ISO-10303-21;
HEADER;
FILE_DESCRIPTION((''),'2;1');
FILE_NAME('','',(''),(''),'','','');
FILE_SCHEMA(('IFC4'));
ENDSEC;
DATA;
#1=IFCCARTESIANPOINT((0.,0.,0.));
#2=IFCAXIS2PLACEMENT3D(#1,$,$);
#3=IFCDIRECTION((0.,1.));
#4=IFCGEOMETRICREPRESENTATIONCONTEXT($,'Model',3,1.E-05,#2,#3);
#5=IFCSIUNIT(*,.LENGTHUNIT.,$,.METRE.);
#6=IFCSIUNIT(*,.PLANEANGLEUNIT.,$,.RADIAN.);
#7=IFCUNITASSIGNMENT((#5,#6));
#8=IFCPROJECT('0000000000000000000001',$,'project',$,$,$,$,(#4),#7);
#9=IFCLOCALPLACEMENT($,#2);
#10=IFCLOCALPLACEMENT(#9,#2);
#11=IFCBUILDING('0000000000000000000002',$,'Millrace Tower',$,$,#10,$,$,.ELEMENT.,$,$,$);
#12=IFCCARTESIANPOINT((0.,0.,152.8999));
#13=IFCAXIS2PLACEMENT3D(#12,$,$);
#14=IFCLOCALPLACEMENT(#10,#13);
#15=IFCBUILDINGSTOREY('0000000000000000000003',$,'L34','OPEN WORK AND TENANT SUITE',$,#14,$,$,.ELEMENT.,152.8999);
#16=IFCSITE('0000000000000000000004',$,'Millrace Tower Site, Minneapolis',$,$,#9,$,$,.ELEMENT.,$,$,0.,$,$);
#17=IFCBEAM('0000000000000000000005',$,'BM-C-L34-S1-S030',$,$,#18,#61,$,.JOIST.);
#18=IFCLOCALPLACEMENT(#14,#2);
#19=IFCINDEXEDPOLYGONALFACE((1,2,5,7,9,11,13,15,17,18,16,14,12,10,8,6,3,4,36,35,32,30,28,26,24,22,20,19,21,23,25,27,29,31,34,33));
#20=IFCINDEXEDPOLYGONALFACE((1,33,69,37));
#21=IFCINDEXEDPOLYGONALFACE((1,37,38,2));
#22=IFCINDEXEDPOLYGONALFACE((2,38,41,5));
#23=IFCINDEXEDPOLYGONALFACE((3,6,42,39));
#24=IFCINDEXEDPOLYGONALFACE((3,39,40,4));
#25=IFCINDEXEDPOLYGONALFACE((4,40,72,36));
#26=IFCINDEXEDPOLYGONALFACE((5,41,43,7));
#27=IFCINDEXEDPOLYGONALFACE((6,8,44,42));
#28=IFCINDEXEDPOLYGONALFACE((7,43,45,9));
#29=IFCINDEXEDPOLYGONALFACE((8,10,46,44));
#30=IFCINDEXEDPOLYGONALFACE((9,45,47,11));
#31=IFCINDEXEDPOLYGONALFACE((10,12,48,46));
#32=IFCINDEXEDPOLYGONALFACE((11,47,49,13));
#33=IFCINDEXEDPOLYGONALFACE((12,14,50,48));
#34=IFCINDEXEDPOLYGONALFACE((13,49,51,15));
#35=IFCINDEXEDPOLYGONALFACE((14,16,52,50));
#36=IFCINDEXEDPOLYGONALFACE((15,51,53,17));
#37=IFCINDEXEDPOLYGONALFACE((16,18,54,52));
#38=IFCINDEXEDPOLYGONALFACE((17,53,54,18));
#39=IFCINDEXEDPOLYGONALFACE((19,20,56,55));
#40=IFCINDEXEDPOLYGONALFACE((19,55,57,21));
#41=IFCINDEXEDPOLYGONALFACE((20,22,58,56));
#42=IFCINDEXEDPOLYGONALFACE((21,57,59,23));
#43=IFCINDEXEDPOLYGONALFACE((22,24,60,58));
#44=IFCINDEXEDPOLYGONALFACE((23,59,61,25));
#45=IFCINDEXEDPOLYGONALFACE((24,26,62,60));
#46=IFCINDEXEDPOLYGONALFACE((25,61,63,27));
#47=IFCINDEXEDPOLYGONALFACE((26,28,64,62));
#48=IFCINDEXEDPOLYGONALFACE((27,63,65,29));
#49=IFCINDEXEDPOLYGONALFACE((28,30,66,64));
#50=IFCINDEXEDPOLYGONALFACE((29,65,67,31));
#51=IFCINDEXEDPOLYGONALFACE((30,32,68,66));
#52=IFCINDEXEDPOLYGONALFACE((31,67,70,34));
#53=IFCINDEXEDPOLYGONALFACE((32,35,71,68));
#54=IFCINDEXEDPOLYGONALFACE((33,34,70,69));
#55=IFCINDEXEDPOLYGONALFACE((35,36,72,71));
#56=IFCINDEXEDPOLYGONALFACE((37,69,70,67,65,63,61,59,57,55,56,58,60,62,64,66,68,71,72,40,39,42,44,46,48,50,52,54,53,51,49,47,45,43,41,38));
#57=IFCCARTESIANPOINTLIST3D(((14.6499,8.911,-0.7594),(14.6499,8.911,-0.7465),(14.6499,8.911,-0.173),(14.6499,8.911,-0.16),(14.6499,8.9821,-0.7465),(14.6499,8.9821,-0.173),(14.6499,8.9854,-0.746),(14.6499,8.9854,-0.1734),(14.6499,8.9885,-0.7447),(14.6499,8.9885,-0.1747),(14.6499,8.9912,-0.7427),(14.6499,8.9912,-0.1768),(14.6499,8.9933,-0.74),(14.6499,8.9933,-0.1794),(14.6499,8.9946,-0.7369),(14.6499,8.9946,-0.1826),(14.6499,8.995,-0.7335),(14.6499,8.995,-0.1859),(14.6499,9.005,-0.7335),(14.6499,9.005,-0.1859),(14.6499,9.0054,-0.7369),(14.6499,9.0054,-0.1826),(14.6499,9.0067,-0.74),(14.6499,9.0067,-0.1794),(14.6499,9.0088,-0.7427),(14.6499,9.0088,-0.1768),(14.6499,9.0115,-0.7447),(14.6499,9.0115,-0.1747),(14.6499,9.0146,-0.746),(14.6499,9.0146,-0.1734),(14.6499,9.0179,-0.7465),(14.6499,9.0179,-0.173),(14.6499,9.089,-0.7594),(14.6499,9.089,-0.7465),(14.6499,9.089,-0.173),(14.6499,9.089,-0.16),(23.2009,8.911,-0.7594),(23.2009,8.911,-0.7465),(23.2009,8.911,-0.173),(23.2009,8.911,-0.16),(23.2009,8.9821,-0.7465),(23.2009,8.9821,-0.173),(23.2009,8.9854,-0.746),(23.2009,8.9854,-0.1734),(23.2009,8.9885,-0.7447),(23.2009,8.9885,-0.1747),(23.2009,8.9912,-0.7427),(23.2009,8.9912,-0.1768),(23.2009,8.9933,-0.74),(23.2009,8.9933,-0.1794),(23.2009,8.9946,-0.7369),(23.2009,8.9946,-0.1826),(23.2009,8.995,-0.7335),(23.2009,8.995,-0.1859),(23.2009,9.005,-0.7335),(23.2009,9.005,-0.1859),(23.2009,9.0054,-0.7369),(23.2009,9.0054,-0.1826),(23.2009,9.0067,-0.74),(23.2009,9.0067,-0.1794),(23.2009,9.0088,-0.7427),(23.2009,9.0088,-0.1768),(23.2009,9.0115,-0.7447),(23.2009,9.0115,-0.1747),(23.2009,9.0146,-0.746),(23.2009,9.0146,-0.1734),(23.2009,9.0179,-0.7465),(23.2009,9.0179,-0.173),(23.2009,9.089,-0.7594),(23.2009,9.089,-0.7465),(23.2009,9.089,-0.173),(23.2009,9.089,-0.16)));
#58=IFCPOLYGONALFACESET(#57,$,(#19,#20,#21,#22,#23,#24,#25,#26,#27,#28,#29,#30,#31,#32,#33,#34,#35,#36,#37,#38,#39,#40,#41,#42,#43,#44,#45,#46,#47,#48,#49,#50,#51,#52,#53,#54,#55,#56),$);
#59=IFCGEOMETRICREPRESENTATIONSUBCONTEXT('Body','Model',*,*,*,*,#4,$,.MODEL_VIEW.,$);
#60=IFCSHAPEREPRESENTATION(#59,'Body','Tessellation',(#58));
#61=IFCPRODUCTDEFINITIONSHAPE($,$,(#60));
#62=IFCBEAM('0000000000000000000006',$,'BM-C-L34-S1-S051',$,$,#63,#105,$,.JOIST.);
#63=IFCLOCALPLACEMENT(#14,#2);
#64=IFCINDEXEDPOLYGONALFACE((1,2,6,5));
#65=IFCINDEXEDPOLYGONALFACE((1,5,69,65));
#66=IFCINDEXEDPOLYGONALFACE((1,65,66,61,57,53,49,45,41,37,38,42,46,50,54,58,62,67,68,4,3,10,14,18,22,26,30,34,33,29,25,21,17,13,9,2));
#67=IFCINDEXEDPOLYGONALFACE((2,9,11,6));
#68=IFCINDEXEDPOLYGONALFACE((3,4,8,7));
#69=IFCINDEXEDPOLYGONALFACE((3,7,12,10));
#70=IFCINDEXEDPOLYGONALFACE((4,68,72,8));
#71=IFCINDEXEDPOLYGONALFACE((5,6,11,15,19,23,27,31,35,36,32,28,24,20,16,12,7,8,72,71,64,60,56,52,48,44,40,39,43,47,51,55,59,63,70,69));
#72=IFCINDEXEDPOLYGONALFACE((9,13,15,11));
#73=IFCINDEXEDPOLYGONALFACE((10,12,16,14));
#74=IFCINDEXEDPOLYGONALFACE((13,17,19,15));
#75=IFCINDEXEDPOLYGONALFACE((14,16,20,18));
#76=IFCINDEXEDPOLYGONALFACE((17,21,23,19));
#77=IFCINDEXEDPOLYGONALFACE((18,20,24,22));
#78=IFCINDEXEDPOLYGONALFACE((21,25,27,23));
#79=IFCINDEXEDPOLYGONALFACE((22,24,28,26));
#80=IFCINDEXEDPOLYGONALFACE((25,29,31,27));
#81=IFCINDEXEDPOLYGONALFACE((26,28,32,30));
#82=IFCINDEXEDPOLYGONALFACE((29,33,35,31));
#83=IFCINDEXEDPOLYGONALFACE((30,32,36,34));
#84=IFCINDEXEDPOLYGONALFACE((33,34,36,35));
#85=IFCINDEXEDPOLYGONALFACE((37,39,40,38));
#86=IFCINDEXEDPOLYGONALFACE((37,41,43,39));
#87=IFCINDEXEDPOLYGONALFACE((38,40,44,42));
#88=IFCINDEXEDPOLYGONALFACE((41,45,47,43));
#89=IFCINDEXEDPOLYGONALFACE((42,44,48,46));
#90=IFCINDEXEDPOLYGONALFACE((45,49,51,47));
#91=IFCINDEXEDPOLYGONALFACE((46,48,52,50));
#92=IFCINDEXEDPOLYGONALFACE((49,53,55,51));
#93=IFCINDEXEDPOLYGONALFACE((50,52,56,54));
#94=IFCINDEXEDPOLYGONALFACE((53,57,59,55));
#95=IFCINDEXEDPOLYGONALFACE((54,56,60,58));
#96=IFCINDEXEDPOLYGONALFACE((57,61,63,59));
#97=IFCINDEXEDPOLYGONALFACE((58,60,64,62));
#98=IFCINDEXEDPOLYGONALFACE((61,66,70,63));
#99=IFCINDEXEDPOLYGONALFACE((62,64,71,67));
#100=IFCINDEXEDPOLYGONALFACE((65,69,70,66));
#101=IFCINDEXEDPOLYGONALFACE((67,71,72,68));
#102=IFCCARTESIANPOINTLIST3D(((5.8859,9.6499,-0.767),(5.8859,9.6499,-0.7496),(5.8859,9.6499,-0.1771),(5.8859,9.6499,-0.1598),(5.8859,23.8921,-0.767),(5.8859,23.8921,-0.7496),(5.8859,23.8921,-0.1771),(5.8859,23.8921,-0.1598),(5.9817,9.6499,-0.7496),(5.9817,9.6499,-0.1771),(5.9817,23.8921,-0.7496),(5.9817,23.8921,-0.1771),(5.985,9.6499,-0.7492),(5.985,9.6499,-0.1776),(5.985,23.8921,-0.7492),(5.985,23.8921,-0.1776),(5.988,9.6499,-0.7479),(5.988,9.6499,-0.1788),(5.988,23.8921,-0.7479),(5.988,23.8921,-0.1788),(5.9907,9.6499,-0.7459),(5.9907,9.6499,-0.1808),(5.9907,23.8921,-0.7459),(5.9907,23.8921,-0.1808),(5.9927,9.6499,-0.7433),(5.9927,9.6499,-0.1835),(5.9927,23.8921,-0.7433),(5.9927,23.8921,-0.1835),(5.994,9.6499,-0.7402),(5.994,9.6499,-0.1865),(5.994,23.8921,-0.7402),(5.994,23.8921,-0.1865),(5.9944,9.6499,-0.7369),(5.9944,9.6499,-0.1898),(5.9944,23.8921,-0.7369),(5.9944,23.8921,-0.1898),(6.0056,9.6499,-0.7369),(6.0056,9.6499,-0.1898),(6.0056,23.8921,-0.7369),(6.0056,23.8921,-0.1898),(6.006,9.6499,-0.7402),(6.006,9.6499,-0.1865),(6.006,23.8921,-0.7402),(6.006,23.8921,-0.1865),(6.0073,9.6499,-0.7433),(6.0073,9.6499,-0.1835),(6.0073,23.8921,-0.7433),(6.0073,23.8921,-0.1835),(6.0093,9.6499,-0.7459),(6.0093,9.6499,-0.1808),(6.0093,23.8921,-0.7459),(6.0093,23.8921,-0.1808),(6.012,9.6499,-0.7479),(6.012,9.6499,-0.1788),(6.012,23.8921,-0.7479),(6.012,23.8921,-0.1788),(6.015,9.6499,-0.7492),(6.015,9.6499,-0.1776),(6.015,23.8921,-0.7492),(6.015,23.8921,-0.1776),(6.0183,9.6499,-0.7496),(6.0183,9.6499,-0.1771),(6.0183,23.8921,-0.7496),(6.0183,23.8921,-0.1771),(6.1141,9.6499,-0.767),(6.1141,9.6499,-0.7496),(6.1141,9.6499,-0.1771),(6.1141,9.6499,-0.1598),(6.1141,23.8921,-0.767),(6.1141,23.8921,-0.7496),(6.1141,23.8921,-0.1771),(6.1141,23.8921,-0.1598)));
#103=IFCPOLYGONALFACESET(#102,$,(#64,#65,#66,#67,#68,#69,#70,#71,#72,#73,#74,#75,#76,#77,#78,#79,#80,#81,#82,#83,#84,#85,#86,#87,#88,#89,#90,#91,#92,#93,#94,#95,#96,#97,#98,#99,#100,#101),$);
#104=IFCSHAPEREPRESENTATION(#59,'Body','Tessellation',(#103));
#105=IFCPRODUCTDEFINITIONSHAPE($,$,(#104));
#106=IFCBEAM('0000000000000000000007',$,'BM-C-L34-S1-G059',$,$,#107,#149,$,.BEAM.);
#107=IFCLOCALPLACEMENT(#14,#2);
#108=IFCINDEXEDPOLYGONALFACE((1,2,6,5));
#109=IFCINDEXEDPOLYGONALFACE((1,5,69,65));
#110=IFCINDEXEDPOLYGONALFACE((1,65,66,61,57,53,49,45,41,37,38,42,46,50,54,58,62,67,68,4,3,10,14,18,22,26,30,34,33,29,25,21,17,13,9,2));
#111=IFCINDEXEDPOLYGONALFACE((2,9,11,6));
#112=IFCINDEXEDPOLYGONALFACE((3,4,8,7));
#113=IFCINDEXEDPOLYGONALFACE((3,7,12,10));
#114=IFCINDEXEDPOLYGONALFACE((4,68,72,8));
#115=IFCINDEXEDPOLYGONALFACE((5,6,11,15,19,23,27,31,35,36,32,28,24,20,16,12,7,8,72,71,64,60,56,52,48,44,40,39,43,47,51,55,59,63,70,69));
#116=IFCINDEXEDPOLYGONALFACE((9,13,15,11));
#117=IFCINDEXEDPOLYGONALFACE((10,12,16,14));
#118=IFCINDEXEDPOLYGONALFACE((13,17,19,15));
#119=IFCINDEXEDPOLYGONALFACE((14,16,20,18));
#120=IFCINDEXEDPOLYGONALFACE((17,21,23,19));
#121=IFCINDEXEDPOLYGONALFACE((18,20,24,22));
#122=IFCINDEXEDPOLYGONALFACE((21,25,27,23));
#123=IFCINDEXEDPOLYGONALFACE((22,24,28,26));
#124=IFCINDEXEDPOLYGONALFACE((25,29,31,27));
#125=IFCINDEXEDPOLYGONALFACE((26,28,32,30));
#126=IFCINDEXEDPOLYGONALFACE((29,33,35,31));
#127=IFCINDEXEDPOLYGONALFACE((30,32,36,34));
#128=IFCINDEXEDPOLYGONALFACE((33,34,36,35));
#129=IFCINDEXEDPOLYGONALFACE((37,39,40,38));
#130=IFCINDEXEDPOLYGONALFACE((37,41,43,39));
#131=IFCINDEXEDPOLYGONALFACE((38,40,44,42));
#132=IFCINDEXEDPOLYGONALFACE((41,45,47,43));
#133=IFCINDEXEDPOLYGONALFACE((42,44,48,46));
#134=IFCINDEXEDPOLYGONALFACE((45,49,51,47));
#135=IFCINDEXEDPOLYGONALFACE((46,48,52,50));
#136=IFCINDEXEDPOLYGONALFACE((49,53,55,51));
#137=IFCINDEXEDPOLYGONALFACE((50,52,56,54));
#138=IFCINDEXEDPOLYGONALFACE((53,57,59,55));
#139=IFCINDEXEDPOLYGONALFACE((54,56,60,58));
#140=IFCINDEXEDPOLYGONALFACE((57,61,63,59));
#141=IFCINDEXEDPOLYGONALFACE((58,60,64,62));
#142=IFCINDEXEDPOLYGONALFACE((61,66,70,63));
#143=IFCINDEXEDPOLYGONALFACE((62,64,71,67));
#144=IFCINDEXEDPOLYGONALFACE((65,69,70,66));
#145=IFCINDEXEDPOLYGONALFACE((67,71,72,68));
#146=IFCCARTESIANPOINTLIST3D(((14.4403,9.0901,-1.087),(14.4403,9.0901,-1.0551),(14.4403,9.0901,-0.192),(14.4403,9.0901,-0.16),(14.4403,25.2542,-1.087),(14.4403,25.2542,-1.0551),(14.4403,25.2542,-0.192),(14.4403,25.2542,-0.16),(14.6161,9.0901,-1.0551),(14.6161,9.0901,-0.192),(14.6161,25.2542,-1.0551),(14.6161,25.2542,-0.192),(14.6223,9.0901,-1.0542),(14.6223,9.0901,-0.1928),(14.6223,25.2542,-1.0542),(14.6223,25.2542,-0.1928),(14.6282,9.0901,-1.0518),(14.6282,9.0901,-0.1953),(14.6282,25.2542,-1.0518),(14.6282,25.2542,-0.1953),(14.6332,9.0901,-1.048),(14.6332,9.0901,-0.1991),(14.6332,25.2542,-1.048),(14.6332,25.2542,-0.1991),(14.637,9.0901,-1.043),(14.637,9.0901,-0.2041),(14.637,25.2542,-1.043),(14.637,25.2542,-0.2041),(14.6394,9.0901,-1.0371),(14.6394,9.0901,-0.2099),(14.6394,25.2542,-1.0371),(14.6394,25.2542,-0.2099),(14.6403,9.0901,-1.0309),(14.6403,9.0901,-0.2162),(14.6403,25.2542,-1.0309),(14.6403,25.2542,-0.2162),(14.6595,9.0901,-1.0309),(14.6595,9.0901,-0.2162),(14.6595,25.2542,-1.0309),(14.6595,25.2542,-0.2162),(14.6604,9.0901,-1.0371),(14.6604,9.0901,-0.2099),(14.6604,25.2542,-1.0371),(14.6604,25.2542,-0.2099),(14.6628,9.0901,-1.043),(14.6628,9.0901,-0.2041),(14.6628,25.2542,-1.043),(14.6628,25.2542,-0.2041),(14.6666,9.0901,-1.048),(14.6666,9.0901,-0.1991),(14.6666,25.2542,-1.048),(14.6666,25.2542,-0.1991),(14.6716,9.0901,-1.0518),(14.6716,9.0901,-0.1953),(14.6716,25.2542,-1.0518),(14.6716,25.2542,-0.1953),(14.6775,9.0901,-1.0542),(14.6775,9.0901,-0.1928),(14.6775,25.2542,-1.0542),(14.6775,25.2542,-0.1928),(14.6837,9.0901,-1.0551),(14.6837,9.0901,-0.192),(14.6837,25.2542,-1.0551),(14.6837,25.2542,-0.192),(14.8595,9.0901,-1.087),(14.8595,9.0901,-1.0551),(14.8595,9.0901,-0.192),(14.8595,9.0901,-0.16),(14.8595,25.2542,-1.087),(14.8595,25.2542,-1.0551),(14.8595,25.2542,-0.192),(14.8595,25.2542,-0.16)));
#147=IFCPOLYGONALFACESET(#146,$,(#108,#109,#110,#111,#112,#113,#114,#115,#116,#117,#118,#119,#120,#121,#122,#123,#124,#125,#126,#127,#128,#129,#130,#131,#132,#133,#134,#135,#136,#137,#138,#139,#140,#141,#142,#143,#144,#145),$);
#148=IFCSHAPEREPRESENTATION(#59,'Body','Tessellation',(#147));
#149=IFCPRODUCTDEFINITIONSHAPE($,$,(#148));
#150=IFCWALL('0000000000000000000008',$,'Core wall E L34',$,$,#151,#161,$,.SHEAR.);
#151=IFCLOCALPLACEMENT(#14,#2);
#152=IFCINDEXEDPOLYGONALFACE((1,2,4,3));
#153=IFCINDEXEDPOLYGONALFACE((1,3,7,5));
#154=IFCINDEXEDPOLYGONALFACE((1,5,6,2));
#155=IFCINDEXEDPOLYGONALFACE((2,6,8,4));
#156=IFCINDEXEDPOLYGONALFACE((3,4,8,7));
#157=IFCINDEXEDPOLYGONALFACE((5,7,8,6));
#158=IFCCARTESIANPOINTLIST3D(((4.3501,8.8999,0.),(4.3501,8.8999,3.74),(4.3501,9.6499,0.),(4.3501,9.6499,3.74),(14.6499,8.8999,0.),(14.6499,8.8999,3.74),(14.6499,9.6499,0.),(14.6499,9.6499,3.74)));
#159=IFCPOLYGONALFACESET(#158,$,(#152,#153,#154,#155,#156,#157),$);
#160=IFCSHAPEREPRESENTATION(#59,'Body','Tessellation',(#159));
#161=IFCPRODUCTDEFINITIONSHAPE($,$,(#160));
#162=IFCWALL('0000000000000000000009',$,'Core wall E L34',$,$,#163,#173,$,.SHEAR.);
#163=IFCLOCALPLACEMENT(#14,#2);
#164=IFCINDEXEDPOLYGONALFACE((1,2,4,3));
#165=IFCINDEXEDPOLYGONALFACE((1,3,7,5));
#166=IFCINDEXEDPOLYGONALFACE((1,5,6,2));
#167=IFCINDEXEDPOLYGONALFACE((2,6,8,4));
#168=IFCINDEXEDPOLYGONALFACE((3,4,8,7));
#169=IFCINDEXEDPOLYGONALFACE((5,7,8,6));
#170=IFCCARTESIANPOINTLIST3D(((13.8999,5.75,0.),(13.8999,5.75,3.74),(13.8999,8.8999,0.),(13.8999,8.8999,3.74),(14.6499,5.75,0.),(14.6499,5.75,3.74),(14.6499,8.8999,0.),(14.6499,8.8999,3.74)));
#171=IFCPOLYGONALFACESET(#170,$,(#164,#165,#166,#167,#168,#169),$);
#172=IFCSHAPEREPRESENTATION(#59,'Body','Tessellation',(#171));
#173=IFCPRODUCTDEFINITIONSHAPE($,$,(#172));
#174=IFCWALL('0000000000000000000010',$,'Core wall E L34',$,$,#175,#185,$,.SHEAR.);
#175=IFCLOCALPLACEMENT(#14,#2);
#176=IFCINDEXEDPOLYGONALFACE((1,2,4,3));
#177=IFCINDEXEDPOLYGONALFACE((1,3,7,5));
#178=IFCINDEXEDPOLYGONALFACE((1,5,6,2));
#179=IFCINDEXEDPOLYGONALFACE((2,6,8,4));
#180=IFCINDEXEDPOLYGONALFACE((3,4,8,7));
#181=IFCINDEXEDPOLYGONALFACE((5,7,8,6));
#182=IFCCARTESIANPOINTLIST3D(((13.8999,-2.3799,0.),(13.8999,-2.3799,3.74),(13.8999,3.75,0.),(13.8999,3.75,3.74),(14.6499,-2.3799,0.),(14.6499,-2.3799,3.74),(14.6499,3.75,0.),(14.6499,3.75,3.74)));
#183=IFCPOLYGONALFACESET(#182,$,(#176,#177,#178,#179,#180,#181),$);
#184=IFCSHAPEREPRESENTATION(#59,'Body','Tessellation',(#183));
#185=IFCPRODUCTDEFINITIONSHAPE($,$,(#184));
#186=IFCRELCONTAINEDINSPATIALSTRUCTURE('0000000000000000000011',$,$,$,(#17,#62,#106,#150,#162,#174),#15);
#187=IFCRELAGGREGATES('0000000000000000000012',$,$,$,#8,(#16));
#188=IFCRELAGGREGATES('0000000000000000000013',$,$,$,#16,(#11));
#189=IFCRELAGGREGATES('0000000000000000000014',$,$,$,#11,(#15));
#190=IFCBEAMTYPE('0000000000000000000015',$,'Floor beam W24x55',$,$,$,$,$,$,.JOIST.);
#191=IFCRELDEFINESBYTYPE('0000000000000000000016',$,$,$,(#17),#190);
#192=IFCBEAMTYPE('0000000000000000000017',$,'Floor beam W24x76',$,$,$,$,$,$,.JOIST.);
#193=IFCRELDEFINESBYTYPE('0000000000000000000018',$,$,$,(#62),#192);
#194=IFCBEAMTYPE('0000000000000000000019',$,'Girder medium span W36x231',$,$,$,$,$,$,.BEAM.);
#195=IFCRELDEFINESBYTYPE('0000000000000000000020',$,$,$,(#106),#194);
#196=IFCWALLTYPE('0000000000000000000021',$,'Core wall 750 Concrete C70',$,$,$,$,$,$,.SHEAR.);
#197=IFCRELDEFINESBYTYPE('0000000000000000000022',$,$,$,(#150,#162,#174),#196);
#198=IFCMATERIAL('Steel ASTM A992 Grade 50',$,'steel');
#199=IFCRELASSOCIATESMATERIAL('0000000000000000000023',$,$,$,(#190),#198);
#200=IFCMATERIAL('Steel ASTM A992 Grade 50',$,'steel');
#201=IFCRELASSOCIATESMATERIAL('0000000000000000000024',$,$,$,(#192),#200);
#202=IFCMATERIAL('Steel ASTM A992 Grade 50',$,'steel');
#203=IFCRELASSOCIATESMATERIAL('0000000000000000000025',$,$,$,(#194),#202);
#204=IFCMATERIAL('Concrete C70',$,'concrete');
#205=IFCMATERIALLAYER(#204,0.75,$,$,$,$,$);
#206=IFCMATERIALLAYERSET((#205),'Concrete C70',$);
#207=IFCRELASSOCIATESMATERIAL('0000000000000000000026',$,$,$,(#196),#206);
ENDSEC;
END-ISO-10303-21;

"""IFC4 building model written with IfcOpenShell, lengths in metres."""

from ifc_helpers import new_model, si_unit, direction, frame, frame_2d, origin, origin_2d, place, context, subcontext, project, spatial, rectangle, i_section, extrude, material, layer, layer_set, material_profile, profile_set, type_object, element, save


model = new_model("IFC4")

# Units and contexts
model_context = context("Model", 3, precision=1e-05, world=origin(), true_north=direction((0.0, 1.0)))
body_context = subcontext(model_context, "Body", "Model", "MODEL_VIEW")
ifc_project = project(units=[si_unit("LENGTHUNIT", "METRE"), si_unit("PLANEANGLEUNIT", "RADIAN")], contexts=[model_context])

# Site, building, storey
site_placement = place(None, origin())
site = spatial("IfcSite", under=ifc_project, at=site_placement, Name="Millrace Tower Site, Minneapolis", CompositionType="ELEMENT", RefElevation=0.0)
building_placement = place(site_placement, origin())
building = spatial("IfcBuilding", under=site, at=building_placement, Name="Millrace Tower", CompositionType="ELEMENT")
storey_placement = place(building_placement, frame((0.0, 0.0, 152.8999)))
storey = spatial("IfcBuildingStorey", under=building, at=storey_placement, Name="L34", Description="OPEN WORK AND TENANT SUITE", CompositionType="ELEMENT", Elevation=152.8999)

# Beams
ifc_material_1 = material(Name="Steel ASTM A992 Grade 50", Category="steel")
ifc_material_profile_1 = material_profile(ifc_material_1, i_section(OverallWidth=0.178, OverallDepth=0.5994, WebThickness=0.01, FlangeThickness=0.0129, FilletRadius=0.0129, at=origin_2d()))
ifc_profile_set_1 = profile_set([ifc_material_profile_1], Name="Steel ASTM A992 Grade 50")
beam_type_1 = type_object("IfcBeamType", Name="Floor beam W24x55", PredefinedType="JOIST", material=ifc_profile_set_1)
beam_1_placement = place(storey_placement, frame((14.6499, 9.0, -0.4597), z_axis=(1.0, 0.0, 0.0), x_axis=(0.0, 1.0, 0.0)))
element("IfcBeam", 1, at=beam_1_placement, inside=storey, type_object=beam_type_1, Name="BM-C-L34-S1-S030", PredefinedType="JOIST", context=body_context, shape_type="SweptSolid", body=[
    extrude(i_section(OverallWidth=0.178, OverallDepth=0.5994, WebThickness=0.01, FlangeThickness=0.0129, FilletRadius=0.0129, at=origin_2d()), origin(), (0.0, 0.0, 1.0), 8.551),
])
ifc_material_2 = material(Name="Steel ASTM A992 Grade 50", Category="steel")
ifc_material_profile_2 = material_profile(ifc_material_2, i_section(OverallWidth=0.2283, OverallDepth=0.6072, WebThickness=0.0112, FlangeThickness=0.0173, FilletRadius=0.0127, at=origin_2d()))
ifc_profile_set_2 = profile_set([ifc_material_profile_2], Name="Steel ASTM A992 Grade 50")
beam_type_2 = type_object("IfcBeamType", Name="Floor beam W24x76", PredefinedType="JOIST", material=ifc_profile_set_2)
beam_2_placement = place(storey_placement, frame((6.0, 9.6499, -0.4634), z_axis=(0.0, 1.0, 0.0), x_axis=(-1.0, 0.0, 0.0)))
element("IfcBeam", 2, at=beam_2_placement, inside=storey, type_object=beam_type_2, Name="BM-C-L34-S1-S051", PredefinedType="JOIST", context=body_context, shape_type="SweptSolid", body=[
    extrude(i_section(OverallWidth=0.2283, OverallDepth=0.6072, WebThickness=0.0112, FlangeThickness=0.0173, FilletRadius=0.0127, at=origin_2d()), origin(), (0.0, 0.0, 1.0), 14.2422),
])
ifc_material_3 = material(Name="Steel ASTM A992 Grade 50", Category="steel")
ifc_material_profile_3 = material_profile(ifc_material_3, i_section(OverallWidth=0.4192, OverallDepth=0.927, WebThickness=0.0193, FlangeThickness=0.032, FilletRadius=0.0242, at=origin_2d()))
ifc_profile_set_3 = profile_set([ifc_material_profile_3], Name="Steel ASTM A992 Grade 50")
beam_type_3 = type_object("IfcBeamType", Name="Girder medium span W36x231", PredefinedType="BEAM", material=ifc_profile_set_3)
beam_3_placement = place(storey_placement, frame((14.6499, 9.0901, -0.6235), z_axis=(0.0, 1.0, 0.0), x_axis=(-1.0, 0.0, 0.0)))
element("IfcBeam", 3, at=beam_3_placement, inside=storey, type_object=beam_type_3, Name="BM-C-L34-S1-G059", PredefinedType="BEAM", context=body_context, shape_type="SweptSolid", body=[
    extrude(i_section(OverallWidth=0.4192, OverallDepth=0.927, WebThickness=0.0193, FlangeThickness=0.032, FilletRadius=0.0242, at=origin_2d()), origin(), (0.0, 0.0, 1.0), 16.1641),
])

# Walls
ifc_material_4 = material(Name="Concrete C70", Category="concrete")
ifc_layer_1 = layer(ifc_material_4, 0.75)
ifc_layer_set_1 = layer_set([ifc_layer_1], Name="Concrete C70")
wall_type_1 = type_object("IfcWallType", Name="Core wall 750 Concrete C70", PredefinedType="SHEAR", material=ifc_layer_set_1)
wall_1_placement = place(storey_placement, frame((14.6499, 9.2749, 0.0), z_axis=(0.0, 0.0, 1.0), x_axis=(-1.0, 0.0, 0.0)))
element("IfcWall", 4, at=wall_1_placement, inside=storey, type_object=wall_type_1, Name="Core wall E L34", PredefinedType="SHEAR", context=body_context, shape_type="SweptSolid", body=[
    extrude(rectangle(XDim=10.2998, YDim=0.75, at=frame_2d((5.1499, 0.0))), origin(), (0.0, 0.0, 1.0), 3.74),
])
wall_2_placement = place(storey_placement, frame((14.2749, 8.8999, 0.0), z_axis=(0.0, 0.0, 1.0), x_axis=(0.0, -1.0, 0.0)))
element("IfcWall", 5, at=wall_2_placement, inside=storey, type_object=wall_type_1, Name="Core wall E L34", PredefinedType="SHEAR", context=body_context, shape_type="SweptSolid", body=[
    extrude(rectangle(XDim=3.1499, YDim=0.75, at=frame_2d((1.575, 0.0))), origin(), (0.0, 0.0, 1.0), 3.74),
])
wall_3_placement = place(storey_placement, frame((14.2749, 3.75, 0.0), z_axis=(0.0, 0.0, 1.0), x_axis=(0.0, -1.0, 0.0)))
element("IfcWall", 6, at=wall_3_placement, inside=storey, type_object=wall_type_1, Name="Core wall E L34", PredefinedType="SHEAR", context=body_context, shape_type="SweptSolid", body=[
    extrude(rectangle(XDim=6.1299, YDim=0.75, at=frame_2d((3.0649, 0.0))), origin(), (0.0, 0.0, 1.0), 3.74),
])

save(model, "model.ifc")
